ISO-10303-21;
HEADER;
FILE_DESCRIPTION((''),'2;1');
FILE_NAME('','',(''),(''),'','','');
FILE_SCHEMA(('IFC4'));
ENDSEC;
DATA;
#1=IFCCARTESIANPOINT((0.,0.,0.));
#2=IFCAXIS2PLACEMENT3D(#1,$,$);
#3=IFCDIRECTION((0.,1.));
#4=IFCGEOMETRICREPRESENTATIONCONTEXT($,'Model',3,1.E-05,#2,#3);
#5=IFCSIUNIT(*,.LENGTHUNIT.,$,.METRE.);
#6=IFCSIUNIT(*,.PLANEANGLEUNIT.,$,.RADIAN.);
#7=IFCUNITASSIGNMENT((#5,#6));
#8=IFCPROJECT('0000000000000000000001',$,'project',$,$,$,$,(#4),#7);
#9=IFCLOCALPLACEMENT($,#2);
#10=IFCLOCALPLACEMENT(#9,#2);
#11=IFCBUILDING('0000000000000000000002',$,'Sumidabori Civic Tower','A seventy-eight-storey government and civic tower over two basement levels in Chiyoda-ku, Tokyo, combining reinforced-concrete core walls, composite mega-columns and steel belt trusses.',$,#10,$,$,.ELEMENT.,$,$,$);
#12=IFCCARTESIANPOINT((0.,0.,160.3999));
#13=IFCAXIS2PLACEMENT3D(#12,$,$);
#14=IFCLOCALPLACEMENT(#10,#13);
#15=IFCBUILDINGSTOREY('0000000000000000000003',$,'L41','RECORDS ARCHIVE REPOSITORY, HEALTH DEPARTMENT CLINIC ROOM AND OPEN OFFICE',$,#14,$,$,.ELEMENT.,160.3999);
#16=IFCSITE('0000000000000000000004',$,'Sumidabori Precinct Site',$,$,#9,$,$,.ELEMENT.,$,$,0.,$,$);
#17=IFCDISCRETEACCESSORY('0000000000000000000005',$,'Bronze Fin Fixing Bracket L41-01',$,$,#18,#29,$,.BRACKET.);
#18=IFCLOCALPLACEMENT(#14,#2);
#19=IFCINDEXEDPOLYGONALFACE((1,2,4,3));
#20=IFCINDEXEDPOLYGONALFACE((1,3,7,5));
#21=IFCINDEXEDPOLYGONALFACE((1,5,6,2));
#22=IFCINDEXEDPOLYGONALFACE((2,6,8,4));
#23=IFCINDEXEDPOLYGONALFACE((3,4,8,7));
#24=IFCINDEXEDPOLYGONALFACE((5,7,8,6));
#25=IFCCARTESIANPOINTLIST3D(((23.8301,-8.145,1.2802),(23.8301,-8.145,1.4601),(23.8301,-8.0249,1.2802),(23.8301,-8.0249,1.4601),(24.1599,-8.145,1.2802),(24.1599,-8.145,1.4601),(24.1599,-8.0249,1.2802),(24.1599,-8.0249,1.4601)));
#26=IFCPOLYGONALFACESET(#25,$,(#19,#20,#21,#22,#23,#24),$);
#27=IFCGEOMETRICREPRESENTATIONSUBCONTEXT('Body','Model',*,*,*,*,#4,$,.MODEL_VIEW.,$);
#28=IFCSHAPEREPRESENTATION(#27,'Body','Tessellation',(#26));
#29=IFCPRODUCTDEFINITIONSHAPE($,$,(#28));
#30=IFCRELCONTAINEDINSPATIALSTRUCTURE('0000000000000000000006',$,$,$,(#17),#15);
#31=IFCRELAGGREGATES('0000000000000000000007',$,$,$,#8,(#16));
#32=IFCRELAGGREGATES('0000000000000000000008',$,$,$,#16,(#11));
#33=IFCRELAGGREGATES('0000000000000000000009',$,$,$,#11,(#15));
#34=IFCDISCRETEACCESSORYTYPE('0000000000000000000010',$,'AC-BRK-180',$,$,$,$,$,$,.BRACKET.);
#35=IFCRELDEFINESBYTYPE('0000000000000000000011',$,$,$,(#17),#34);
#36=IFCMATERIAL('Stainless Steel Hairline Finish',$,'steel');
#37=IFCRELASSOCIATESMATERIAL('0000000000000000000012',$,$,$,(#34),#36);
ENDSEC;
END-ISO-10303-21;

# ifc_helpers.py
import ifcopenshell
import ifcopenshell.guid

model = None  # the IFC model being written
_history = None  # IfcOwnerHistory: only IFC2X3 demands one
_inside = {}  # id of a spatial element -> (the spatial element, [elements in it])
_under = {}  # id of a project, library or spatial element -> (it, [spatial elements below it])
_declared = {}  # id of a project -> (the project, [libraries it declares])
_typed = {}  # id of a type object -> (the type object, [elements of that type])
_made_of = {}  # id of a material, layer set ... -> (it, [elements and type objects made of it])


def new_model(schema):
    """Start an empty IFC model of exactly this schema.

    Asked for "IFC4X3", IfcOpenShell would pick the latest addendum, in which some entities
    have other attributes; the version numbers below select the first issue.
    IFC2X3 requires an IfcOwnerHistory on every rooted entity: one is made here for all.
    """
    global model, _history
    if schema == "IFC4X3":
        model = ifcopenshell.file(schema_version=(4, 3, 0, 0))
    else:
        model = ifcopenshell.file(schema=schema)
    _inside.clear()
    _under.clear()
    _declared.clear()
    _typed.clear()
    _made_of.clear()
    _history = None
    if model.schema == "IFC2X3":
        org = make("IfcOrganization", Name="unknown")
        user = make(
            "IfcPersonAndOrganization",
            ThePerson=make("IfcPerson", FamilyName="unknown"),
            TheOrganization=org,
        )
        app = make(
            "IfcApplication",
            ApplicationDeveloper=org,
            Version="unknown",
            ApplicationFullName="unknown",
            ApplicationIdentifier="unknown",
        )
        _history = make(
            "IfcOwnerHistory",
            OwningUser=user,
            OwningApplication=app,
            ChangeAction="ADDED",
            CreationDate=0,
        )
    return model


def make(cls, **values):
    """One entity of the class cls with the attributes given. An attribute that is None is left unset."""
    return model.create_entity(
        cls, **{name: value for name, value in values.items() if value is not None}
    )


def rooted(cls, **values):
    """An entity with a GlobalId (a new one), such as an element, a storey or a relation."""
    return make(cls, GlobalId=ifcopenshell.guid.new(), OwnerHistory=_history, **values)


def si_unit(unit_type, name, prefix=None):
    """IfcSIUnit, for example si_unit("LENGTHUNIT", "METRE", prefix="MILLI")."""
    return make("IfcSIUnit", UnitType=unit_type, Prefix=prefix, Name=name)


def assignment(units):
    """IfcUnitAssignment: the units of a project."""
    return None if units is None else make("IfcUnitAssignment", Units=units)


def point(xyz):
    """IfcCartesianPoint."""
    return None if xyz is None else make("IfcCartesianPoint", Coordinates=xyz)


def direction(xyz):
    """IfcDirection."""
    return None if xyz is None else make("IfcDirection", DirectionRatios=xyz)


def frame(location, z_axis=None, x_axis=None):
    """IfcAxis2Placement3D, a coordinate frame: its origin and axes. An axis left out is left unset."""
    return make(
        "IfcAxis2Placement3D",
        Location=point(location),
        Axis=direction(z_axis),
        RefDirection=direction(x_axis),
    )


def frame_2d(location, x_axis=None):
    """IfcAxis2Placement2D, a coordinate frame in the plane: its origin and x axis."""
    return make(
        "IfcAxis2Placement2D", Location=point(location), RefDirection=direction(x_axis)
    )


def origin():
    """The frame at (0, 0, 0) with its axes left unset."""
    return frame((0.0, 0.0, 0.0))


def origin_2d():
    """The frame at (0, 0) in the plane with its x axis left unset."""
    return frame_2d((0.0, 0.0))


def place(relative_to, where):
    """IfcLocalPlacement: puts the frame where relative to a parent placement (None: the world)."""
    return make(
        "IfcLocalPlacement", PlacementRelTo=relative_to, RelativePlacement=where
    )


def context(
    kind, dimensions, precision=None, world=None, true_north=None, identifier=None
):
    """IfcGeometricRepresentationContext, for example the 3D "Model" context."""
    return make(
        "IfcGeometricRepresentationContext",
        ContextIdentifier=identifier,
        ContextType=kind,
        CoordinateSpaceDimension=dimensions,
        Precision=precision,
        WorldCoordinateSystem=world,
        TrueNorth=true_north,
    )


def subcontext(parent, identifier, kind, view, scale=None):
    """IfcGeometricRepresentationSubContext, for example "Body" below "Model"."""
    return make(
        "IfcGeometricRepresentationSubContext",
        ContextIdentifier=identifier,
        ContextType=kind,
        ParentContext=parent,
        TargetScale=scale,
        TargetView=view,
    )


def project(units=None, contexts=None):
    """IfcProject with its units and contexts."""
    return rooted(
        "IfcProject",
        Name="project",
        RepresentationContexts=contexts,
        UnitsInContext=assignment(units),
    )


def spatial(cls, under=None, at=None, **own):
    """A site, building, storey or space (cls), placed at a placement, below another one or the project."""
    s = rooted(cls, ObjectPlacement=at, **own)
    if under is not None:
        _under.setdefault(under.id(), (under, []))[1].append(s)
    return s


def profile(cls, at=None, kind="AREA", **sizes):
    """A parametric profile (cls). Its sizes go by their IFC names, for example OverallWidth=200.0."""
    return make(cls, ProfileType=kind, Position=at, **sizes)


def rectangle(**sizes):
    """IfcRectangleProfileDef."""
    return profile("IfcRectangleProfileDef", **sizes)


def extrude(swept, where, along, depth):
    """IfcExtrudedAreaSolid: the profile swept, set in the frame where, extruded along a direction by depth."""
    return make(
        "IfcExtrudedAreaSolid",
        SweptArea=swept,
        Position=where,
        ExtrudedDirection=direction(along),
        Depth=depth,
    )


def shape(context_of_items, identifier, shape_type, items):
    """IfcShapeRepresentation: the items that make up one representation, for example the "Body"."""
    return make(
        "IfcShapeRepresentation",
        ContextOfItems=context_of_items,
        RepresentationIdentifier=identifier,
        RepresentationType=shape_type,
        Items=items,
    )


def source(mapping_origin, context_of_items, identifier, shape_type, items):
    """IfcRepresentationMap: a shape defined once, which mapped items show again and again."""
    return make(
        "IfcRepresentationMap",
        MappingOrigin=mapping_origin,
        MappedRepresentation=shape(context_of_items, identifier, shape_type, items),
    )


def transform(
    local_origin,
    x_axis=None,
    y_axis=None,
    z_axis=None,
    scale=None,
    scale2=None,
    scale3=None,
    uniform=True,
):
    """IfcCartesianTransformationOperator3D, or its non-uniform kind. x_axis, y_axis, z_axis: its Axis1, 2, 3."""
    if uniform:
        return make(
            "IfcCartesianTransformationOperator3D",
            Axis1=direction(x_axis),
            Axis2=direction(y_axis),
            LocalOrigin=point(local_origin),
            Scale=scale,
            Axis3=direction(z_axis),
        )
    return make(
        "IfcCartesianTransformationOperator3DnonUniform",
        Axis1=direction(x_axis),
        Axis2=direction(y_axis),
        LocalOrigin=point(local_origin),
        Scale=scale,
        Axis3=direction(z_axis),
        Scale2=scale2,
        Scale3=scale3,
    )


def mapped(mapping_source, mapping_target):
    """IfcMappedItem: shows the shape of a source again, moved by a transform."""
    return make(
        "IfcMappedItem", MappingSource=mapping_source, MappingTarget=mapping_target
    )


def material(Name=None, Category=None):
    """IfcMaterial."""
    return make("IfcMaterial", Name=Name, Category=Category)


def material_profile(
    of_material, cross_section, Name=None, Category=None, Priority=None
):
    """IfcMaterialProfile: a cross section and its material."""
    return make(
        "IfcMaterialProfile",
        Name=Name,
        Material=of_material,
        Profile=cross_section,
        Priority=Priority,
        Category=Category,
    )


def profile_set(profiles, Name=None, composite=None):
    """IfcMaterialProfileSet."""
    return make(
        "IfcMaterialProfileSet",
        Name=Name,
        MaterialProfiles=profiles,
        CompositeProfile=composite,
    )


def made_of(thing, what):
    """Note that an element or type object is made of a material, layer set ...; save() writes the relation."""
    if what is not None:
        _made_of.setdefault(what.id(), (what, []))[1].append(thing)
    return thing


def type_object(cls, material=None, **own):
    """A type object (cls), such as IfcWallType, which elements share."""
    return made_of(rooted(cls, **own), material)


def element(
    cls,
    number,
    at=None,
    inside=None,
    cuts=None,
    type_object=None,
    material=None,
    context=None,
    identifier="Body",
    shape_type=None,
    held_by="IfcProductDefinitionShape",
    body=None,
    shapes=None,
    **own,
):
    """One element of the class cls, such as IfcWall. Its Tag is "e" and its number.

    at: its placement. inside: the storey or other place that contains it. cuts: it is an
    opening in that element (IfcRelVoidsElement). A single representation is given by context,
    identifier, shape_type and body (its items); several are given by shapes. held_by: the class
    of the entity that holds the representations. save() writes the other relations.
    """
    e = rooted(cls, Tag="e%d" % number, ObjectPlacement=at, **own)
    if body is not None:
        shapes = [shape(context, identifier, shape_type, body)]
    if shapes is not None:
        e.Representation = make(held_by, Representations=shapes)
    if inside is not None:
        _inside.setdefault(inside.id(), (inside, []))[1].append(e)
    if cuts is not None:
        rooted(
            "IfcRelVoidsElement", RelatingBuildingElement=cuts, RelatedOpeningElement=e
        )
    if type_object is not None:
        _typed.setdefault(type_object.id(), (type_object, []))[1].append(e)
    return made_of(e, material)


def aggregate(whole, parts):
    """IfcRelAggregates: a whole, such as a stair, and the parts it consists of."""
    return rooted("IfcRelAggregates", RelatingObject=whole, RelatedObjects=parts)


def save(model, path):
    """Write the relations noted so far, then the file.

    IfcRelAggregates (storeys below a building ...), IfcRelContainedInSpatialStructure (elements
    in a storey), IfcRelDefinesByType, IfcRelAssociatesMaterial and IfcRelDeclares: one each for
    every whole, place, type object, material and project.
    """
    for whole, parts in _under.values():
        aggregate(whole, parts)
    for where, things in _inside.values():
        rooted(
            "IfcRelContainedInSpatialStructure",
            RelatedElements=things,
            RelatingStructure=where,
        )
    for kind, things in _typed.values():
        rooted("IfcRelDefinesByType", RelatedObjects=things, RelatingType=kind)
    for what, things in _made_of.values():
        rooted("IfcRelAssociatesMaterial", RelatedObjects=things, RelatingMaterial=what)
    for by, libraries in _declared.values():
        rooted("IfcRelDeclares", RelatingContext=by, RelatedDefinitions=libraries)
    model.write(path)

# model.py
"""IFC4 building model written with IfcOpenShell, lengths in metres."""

from ifc_helpers import new_model, si_unit, direction, frame, origin, origin_2d, place, context, subcontext, project, spatial, rectangle, extrude, source, transform, mapped, material, material_profile, profile_set, type_object, element, save


model = new_model("IFC4")

# Units and contexts
model_context = context("Model", 3, precision=1e-05, world=origin(), true_north=direction((0.0, 1.0)))
body_context = subcontext(model_context, "Body", "Model", "MODEL_VIEW")
ifc_project = project(units=[si_unit("LENGTHUNIT", "METRE"), si_unit("PLANEANGLEUNIT", "RADIAN")], contexts=[model_context])

# Site, building, storey
site_placement = place(None, origin())
site = spatial("IfcSite", under=ifc_project, at=site_placement, Name="Sumidabori Precinct Site", CompositionType="ELEMENT", RefElevation=0.0)
building_placement = place(site_placement, origin())
building = spatial("IfcBuilding", under=site, at=building_placement, Name="Sumidabori Civic Tower", Description="A seventy-eight-storey government and civic tower over two basement levels in Chiyoda-ku, Tokyo, combining reinforced-concrete core walls, composite mega-columns and steel belt trusses.", CompositionType="ELEMENT")
storey_placement = place(building_placement, frame((0.0, 0.0, 160.3999)))
storey = spatial("IfcBuildingStorey", under=building, at=storey_placement, Name="L41", Description="RECORDS ARCHIVE REPOSITORY, HEALTH DEPARTMENT CLINIC ROOM AND OPEN OFFICE", CompositionType="ELEMENT", Elevation=160.3999)

# Discrete accessory
ifc_material_1 = material(Name="Stainless Steel Hairline Finish", Category="steel")
ifc_material_profile_1 = material_profile(ifc_material_1, rectangle(XDim=0.1201, YDim=0.1799, at=origin_2d()), Name="STEEL BRACKET 180x120")
ifc_profile_set_1 = profile_set([ifc_material_profile_1], Name="Stainless Steel Hairline Finish")
discrete_accessory_type = type_object("IfcDiscreteAccessoryType", Name="AC-BRK-180", PredefinedType="BRACKET", material=ifc_profile_set_1)
shared_shape_1 = source(origin(), body_context, "Body", "SweptSolid", [
    extrude(rectangle(XDim=0.1201, YDim=0.1799, at=origin_2d()), origin(), (0.0, 0.0, 1.0), 0.3298),
])
discrete_accessory_placement = place(storey_placement, frame((23.8301, -8.085, 1.3701), z_axis=(1.0, 0.0, 0.0), x_axis=(0.0, 1.0, 0.0)))
element("IfcDiscreteAccessory", 1, at=discrete_accessory_placement, inside=storey, type_object=discrete_accessory_type, Name="Bronze Fin Fixing Bracket L41-01", PredefinedType="BRACKET", context=body_context, shape_type="MappedRepresentation", body=[
    mapped(shared_shape_1, transform((0.0, 0.0, 0.0), x_axis=(1.0, 0.0, 0.0), y_axis=(0.0, 1.0, 0.0), z_axis=(0.0, 0.0, 1.0), scale=1.0)),
])

save(model, "model.ifc")
